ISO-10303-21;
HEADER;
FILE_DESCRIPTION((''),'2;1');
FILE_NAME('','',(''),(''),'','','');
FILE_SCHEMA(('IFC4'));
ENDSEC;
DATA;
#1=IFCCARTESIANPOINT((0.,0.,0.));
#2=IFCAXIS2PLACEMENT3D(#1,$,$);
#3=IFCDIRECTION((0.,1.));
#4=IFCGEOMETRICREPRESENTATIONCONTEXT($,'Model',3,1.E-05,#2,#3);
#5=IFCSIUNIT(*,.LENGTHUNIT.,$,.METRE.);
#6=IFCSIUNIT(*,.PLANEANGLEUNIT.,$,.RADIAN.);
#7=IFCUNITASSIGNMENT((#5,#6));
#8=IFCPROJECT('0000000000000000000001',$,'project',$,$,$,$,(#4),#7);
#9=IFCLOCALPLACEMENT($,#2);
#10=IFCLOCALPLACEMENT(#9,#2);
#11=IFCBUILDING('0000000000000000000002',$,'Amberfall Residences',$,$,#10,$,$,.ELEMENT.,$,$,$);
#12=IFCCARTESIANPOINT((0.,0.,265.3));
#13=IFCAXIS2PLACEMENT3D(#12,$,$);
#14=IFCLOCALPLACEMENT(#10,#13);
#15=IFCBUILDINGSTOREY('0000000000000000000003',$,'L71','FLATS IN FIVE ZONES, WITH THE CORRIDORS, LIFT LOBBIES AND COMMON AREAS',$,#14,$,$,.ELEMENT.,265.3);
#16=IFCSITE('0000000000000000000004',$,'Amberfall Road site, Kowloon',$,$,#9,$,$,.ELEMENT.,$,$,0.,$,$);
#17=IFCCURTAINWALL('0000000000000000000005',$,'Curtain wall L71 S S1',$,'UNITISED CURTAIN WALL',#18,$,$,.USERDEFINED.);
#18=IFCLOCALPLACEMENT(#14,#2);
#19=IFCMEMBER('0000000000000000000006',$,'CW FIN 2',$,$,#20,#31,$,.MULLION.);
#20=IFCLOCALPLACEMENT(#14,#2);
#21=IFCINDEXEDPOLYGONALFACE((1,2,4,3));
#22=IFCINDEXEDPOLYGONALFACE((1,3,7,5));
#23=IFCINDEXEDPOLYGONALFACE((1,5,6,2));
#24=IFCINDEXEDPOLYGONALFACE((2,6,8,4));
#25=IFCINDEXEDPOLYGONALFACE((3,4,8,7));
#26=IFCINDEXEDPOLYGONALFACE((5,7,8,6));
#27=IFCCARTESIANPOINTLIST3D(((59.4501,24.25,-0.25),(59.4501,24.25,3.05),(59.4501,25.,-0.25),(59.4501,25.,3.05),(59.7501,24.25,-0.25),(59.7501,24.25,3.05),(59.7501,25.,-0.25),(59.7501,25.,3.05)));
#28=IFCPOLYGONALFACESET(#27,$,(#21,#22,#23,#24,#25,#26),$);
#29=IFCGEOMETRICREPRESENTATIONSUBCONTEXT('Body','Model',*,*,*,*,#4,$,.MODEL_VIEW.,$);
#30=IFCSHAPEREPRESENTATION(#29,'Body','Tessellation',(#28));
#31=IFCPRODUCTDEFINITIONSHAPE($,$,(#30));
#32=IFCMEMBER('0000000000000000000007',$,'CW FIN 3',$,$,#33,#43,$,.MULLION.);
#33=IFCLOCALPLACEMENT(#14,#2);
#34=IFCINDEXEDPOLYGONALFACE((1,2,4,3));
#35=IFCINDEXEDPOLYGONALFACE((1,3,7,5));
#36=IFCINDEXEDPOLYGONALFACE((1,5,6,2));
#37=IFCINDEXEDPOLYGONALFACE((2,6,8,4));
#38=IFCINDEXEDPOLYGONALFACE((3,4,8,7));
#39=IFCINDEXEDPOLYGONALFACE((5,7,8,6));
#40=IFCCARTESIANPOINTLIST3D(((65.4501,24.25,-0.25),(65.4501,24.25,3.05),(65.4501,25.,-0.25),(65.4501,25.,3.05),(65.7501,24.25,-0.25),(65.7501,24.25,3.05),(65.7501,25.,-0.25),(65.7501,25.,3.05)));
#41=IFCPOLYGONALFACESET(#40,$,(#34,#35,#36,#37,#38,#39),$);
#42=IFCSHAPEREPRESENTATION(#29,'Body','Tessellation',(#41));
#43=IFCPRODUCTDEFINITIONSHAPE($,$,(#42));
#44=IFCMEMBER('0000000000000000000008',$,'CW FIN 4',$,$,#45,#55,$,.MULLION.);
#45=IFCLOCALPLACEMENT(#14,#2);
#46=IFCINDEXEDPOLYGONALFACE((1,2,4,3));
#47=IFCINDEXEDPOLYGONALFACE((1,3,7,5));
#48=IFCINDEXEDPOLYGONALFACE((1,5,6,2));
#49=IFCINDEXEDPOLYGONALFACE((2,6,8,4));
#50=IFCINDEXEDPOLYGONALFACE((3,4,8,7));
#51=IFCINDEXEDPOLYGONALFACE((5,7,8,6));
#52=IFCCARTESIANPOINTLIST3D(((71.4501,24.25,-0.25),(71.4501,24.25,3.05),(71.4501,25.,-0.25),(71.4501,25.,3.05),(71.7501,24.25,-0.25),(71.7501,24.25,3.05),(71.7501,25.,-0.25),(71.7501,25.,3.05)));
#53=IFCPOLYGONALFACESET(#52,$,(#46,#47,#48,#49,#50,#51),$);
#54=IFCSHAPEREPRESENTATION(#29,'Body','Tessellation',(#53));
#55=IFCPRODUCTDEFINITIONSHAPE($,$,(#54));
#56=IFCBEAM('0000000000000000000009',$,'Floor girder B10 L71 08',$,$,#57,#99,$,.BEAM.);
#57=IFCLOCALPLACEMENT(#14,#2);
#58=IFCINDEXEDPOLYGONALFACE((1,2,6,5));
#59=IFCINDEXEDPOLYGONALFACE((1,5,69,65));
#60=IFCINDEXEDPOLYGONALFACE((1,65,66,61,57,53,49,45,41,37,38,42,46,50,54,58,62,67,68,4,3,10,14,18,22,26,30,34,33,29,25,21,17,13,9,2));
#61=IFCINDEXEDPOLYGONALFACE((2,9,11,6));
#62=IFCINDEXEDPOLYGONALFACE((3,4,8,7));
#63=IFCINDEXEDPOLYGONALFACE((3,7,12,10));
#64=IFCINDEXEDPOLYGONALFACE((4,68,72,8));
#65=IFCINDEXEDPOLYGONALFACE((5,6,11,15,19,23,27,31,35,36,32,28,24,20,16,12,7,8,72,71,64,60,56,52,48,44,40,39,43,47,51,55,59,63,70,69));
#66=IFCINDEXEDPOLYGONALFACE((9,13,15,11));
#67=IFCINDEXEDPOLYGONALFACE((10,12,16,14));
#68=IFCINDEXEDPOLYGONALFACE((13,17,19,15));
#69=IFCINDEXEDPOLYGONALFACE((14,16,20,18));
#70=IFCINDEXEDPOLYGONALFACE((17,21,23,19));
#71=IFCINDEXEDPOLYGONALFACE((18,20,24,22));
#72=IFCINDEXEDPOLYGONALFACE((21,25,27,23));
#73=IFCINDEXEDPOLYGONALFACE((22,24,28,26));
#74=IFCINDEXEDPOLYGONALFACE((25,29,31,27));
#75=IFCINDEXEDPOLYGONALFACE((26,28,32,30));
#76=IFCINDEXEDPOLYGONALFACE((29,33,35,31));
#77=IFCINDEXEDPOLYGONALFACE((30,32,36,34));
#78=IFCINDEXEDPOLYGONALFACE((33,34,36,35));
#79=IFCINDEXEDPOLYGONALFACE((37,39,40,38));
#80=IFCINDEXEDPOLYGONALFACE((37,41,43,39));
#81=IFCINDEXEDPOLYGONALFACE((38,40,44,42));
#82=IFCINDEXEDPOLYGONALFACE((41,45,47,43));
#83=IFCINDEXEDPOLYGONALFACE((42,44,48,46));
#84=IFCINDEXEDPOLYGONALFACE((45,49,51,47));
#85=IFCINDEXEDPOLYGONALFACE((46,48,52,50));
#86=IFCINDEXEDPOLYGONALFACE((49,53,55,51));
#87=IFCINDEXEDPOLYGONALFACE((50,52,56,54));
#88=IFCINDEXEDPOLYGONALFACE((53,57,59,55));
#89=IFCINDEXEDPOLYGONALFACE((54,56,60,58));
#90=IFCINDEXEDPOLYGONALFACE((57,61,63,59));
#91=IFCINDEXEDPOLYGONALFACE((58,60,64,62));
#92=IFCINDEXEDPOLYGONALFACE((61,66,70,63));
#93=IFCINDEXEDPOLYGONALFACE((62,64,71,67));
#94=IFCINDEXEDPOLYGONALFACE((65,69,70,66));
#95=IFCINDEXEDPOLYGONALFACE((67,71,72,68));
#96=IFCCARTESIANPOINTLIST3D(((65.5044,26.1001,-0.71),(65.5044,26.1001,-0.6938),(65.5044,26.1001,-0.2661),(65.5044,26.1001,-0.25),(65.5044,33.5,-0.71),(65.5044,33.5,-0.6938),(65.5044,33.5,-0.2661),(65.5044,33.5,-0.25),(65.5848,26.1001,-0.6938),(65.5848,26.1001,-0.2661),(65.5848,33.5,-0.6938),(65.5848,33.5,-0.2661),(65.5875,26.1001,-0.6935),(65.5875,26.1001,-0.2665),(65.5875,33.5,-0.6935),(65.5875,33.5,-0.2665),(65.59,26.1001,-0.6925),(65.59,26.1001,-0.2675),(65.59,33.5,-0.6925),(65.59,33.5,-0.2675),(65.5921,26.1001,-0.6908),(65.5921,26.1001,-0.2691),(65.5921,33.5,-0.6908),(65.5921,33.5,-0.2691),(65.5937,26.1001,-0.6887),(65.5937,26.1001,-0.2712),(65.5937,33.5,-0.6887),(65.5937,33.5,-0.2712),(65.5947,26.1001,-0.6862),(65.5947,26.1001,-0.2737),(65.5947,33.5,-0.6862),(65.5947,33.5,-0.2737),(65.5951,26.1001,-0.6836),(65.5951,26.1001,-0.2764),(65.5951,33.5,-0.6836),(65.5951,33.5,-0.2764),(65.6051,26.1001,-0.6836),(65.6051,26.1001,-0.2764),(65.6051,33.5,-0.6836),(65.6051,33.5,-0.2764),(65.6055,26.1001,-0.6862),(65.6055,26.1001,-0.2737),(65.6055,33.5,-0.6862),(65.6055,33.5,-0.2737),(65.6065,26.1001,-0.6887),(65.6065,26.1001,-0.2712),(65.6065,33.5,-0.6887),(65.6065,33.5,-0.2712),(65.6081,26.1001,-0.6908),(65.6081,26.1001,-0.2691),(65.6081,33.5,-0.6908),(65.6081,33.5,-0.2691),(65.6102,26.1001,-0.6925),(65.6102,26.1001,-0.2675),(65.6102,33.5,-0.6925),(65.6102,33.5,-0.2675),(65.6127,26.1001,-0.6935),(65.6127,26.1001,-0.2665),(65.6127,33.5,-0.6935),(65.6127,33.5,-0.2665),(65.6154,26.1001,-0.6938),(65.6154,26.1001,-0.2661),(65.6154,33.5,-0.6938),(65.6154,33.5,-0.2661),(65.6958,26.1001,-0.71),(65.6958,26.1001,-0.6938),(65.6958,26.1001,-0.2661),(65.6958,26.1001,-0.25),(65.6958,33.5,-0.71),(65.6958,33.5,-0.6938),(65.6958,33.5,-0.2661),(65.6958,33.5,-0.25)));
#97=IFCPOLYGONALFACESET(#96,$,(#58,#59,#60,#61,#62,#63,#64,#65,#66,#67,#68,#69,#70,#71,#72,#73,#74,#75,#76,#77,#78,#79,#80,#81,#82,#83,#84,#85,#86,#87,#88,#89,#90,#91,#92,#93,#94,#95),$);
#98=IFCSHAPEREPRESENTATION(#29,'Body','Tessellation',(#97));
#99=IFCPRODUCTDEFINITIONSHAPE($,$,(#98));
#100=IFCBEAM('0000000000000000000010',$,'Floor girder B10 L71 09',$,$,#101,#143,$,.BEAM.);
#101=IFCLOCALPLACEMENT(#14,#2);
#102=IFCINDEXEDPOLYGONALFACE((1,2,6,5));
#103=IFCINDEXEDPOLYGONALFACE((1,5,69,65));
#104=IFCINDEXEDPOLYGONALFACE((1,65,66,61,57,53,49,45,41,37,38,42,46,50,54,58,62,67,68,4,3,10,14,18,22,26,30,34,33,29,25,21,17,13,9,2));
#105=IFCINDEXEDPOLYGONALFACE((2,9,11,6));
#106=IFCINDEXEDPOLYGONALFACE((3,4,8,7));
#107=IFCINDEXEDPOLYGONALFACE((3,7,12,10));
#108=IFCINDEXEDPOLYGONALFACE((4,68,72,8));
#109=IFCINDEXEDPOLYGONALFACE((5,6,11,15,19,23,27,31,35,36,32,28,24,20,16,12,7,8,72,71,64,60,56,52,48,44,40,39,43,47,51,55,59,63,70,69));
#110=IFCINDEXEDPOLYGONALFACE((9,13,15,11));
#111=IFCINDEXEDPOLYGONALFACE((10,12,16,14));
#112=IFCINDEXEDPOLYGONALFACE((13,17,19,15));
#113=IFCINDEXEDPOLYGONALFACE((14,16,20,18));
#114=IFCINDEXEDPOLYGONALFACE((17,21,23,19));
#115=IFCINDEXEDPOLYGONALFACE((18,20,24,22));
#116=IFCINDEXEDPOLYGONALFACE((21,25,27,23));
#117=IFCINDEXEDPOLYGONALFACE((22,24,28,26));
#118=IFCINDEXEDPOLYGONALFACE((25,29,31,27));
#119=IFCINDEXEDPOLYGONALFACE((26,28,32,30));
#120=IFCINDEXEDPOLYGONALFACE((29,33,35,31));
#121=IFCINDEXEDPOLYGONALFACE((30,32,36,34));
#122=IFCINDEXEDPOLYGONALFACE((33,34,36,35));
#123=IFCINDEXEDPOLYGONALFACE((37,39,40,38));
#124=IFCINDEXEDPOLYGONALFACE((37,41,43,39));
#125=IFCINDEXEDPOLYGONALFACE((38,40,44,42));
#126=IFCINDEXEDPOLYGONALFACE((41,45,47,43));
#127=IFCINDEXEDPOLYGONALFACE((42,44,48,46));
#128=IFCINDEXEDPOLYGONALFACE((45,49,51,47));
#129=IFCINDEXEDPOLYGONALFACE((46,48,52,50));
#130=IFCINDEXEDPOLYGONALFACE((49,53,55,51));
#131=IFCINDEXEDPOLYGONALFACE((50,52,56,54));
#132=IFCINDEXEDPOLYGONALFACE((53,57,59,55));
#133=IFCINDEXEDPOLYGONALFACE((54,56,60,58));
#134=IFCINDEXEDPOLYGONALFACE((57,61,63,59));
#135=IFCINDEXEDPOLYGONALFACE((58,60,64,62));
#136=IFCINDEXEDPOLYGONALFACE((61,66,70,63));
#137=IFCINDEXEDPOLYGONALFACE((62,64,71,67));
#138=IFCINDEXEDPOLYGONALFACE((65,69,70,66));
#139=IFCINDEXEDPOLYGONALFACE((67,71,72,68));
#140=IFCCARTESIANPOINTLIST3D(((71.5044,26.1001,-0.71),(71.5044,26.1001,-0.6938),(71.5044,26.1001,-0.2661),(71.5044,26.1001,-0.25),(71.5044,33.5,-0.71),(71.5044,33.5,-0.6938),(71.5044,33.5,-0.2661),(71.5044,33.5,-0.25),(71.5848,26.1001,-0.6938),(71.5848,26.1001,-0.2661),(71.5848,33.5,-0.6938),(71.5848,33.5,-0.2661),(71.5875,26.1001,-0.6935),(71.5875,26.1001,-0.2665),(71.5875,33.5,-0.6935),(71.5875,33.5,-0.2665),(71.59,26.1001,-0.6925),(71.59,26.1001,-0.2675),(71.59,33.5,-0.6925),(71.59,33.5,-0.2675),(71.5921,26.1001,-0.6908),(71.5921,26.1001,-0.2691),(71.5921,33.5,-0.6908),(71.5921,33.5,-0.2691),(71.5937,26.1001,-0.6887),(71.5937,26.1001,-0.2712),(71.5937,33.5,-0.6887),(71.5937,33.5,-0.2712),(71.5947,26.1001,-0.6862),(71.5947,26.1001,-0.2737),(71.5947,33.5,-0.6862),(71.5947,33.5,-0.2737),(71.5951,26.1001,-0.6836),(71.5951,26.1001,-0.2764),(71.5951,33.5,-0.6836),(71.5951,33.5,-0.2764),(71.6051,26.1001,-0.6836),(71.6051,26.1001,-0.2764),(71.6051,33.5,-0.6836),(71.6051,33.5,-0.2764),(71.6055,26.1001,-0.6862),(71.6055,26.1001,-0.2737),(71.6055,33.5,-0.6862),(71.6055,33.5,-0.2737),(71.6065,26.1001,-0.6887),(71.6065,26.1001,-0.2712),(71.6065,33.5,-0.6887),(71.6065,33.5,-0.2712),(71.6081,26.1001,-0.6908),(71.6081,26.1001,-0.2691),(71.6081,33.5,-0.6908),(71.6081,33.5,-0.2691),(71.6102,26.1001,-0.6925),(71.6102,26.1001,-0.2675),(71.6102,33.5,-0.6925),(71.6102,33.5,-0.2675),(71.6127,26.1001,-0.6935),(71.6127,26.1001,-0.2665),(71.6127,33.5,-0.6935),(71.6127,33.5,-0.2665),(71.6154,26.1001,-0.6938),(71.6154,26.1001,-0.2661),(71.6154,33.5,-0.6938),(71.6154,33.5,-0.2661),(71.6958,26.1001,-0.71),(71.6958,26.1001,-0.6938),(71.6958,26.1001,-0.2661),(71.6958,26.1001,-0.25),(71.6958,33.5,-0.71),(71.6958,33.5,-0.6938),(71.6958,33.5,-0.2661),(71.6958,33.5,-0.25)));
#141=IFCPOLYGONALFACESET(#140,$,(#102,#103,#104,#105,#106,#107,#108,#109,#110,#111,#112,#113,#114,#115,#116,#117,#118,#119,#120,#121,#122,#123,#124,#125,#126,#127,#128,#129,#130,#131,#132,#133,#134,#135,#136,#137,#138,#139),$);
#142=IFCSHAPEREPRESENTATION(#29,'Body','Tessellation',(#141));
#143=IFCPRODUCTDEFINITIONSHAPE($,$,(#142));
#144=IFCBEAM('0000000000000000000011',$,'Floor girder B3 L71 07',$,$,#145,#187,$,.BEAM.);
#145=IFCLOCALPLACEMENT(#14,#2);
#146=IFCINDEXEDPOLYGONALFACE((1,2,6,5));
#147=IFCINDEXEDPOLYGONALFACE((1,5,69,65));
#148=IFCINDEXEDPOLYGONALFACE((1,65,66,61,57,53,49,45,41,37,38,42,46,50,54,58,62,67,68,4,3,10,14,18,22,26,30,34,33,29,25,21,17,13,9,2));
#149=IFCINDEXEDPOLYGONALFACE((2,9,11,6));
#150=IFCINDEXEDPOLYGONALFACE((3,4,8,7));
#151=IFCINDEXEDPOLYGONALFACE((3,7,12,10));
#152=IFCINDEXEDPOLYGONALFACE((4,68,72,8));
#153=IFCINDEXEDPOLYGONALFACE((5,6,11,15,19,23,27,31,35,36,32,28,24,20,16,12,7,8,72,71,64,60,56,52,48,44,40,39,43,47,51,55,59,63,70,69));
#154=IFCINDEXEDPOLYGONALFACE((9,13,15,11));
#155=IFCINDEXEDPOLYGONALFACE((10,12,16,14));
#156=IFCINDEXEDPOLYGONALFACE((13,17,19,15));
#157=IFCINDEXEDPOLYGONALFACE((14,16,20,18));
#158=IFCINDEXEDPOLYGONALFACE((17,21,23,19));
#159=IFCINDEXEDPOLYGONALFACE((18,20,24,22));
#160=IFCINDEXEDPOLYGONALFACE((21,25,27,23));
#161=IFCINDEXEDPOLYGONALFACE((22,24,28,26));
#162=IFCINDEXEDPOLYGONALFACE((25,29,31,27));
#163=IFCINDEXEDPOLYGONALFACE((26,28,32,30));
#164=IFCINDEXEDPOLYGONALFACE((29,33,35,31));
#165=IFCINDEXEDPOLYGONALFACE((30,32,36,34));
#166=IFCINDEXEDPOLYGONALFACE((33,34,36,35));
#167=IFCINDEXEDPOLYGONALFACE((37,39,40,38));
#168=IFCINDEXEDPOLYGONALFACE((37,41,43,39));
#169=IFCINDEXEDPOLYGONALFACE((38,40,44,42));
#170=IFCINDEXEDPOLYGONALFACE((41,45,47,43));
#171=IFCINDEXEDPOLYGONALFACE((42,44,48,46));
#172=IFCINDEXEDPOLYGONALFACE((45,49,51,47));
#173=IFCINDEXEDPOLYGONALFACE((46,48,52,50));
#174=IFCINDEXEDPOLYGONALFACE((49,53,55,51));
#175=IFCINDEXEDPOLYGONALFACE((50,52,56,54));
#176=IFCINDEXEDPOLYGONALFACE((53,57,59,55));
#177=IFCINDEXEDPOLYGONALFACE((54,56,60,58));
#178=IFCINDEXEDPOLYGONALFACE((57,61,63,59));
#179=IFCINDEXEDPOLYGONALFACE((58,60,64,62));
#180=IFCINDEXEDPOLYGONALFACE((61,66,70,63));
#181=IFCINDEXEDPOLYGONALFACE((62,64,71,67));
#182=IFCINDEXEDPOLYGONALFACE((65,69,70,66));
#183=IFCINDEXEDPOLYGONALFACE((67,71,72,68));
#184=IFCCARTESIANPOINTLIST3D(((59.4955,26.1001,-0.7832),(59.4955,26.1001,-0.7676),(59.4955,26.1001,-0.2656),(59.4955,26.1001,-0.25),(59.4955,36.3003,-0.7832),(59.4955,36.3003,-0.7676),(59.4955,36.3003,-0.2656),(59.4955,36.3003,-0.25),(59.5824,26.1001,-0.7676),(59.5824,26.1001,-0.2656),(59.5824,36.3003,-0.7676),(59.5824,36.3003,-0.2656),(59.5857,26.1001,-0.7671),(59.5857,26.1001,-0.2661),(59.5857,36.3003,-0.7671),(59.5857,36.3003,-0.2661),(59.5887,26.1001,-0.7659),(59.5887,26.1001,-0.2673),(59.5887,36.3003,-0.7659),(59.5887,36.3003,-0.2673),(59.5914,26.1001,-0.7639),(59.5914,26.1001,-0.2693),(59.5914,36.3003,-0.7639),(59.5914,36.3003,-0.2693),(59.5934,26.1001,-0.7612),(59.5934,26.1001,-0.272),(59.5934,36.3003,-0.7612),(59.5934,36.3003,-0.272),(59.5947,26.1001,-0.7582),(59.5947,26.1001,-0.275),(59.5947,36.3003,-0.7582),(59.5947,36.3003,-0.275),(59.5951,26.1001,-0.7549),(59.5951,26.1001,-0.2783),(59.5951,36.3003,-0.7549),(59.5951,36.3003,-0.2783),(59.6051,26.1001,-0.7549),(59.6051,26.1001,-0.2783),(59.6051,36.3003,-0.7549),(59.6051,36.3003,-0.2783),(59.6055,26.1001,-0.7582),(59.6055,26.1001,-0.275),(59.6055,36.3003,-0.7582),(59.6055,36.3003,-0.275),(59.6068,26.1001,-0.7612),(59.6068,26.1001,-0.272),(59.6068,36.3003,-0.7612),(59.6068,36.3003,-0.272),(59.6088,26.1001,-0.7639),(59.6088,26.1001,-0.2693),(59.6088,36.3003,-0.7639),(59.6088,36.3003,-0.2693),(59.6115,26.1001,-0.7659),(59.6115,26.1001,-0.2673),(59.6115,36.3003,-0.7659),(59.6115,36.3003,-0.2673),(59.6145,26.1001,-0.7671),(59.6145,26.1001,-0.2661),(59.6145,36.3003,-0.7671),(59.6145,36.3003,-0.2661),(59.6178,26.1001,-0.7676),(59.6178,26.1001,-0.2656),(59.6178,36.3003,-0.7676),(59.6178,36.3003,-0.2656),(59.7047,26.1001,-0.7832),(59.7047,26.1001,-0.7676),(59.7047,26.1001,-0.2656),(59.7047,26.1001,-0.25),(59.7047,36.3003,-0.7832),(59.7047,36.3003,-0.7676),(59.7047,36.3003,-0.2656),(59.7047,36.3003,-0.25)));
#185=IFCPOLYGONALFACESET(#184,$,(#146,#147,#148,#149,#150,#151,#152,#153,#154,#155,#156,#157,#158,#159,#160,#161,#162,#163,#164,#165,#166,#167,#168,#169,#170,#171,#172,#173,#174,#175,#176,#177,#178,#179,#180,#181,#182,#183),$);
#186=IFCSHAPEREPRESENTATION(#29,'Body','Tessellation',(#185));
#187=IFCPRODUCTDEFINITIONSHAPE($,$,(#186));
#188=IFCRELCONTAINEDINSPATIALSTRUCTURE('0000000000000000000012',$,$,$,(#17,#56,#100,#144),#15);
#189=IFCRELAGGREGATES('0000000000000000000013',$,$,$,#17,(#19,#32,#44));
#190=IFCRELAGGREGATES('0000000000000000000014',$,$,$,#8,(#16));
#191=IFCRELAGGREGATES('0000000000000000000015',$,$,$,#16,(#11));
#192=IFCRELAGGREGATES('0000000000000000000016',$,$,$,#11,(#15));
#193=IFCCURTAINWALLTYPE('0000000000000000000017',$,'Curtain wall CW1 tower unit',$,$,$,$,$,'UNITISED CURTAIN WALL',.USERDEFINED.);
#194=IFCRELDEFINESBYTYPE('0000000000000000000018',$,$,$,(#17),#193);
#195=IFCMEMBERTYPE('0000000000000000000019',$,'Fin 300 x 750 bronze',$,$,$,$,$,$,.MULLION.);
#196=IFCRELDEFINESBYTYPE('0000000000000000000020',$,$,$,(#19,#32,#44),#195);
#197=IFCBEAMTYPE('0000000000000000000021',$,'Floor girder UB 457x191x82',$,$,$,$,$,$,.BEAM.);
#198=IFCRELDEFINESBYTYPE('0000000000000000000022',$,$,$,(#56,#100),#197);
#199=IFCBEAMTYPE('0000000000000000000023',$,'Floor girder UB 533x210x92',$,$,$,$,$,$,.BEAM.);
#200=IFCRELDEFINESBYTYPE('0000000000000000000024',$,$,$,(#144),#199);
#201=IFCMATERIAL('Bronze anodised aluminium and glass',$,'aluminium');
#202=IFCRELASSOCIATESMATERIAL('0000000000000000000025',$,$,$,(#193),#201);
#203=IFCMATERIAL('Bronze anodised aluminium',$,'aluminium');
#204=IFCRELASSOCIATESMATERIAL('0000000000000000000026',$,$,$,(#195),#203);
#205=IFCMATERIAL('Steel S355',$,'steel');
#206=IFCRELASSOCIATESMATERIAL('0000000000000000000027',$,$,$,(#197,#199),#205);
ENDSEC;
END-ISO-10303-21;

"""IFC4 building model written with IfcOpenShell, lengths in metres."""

from ifc_helpers import new_model, si_unit, direction, frame, origin, origin_2d, place, context, subcontext, project, spatial, rectangle, i_section, extrude, material, material_profile, profile_set, type_object, element, aggregate, save


model = new_model("IFC4")

# Units and contexts
model_context = context("Model", 3, precision=1e-05, world=origin(), true_north=direction((0.0, 1.0)))
body_context = subcontext(model_context, "Body", "Model", "MODEL_VIEW")
ifc_project = project(units=[si_unit("LENGTHUNIT", "METRE"), si_unit("PLANEANGLEUNIT", "RADIAN")], contexts=[model_context])

# Site, building, storey
site_placement = place(None, origin())
site = spatial("IfcSite", under=ifc_project, at=site_placement, Name="Amberfall Road site, Kowloon", CompositionType="ELEMENT", RefElevation=0.0)
building_placement = place(site_placement, origin())
building = spatial("IfcBuilding", under=site, at=building_placement, Name="Amberfall Residences", CompositionType="ELEMENT")
storey_placement = place(building_placement, frame((0.0, 0.0, 265.3)))
storey = spatial("IfcBuildingStorey", under=building, at=storey_placement, Name="L71", Description="FLATS IN FIVE ZONES, WITH THE CORRIDORS, LIFT LOBBIES AND COMMON AREAS", CompositionType="ELEMENT", Elevation=265.3)

# Curtain wall
ifc_material_1 = material(Name="Bronze anodised aluminium and glass", Category="aluminium")
curtain_wall_type = type_object("IfcCurtainWallType", Name="Curtain wall CW1 tower unit", ElementType="UNITISED CURTAIN WALL", PredefinedType="USERDEFINED", material=ifc_material_1)
curtain_wall_placement = place(storey_placement, origin())
curtain_wall = element("IfcCurtainWall", 1, at=curtain_wall_placement, inside=storey, type_object=curtain_wall_type, Name="Curtain wall L71 S S1", ObjectType="UNITISED CURTAIN WALL", PredefinedType="USERDEFINED")
ifc_material_2 = material(Name="Bronze anodised aluminium", Category="aluminium")

# Shared definitions
ifc_material_3 = material(Name="Steel S355", Category="steel")

# Members
ifc_material_profile_1 = material_profile(ifc_material_2, rectangle(XDim=0.75, YDim=0.3, at=origin_2d()), Name="Fin 300 x 750 bronze")
ifc_profile_set_1 = profile_set([ifc_material_profile_1], Name="Bronze anodised aluminium")
member_type_1 = type_object("IfcMemberType", Name="Fin 300 x 750 bronze", PredefinedType="MULLION", material=ifc_profile_set_1)
member_1_placement = place(storey_placement, frame((59.6001, 24.625, -0.25), z_axis=(0.0, 0.0, 1.0), x_axis=(0.0, 1.0, 0.0)))
member_1 = element("IfcMember", 2, at=member_1_placement, type_object=member_type_1, Name="CW FIN 2", PredefinedType="MULLION", context=body_context, shape_type="SweptSolid", body=[
    extrude(rectangle(XDim=0.75, YDim=0.3, at=origin_2d()), origin(), (0.0, 0.0, 1.0), 3.3),
])
member_2_placement = place(storey_placement, frame((65.6001, 24.625, -0.25), z_axis=(0.0, 0.0, 1.0), x_axis=(0.0, 1.0, 0.0)))
member_2 = element("IfcMember", 3, at=member_2_placement, type_object=member_type_1, Name="CW FIN 3", PredefinedType="MULLION", context=body_context, shape_type="SweptSolid", body=[
    extrude(rectangle(XDim=0.75, YDim=0.3, at=origin_2d()), origin(), (0.0, 0.0, 1.0), 3.3),
])
member_3_placement = place(storey_placement, frame((71.6001, 24.625, -0.25), z_axis=(0.0, 0.0, 1.0), x_axis=(0.0, 1.0, 0.0)))
member_3 = element("IfcMember", 4, at=member_3_placement, type_object=member_type_1, Name="CW FIN 4", PredefinedType="MULLION", context=body_context, shape_type="SweptSolid", body=[
    extrude(rectangle(XDim=0.75, YDim=0.3, at=origin_2d()), origin(), (0.0, 0.0, 1.0), 3.3),
])

# Beams
ifc_material_profile_2 = material_profile(ifc_material_3, i_section(OverallWidth=0.1914, OverallDepth=0.46, WebThickness=0.01, FlangeThickness=0.0161, FilletRadius=0.0103, at=origin_2d()), Name="UB 457x191x82")
ifc_profile_set_2 = profile_set([ifc_material_profile_2], Name="Steel S355")
beam_type_1 = type_object("IfcBeamType", Name="Floor girder UB 457x191x82", PredefinedType="BEAM", material=ifc_profile_set_2)
for number, where, z_axis, x_axis, name in (
    (5, (65.6001, 26.1001, -0.48), (0.0, 1.0, 0.0), (-1.0, 0.0, 0.0), "Floor girder B10 L71 08"),
    (6, (71.6001, 26.1001, -0.48), (0.0, 1.0, 0.0), (-1.0, 0.0, 0.0), "Floor girder B10 L71 09"),
):
    element("IfcBeam", number, at=place(storey_placement, frame(where, z_axis=z_axis, x_axis=x_axis)), inside=storey, type_object=beam_type_1, Name=name, PredefinedType="BEAM", context=body_context, shape_type="SweptSolid", body=[
        extrude(i_section(OverallWidth=0.1914, OverallDepth=0.46, WebThickness=0.01, FlangeThickness=0.0161, FilletRadius=0.0103, at=origin_2d()), origin(), (0.0, 0.0, 1.0), 7.3999),
    ])
ifc_material_profile_3 = material_profile(ifc_material_3, i_section(OverallWidth=0.2092, OverallDepth=0.5332, WebThickness=0.01, FlangeThickness=0.0156, FilletRadius=0.0127, at=origin_2d()), Name="UB 533x210x92")
ifc_profile_set_3 = profile_set([ifc_material_profile_3], Name="Steel S355")
beam_type_2 = type_object("IfcBeamType", Name="Floor girder UB 533x210x92", PredefinedType="BEAM", material=ifc_profile_set_3)
beam_placement = place(storey_placement, frame((59.6001, 26.1001, -0.5166), z_axis=(0.0, 1.0, 0.0), x_axis=(-1.0, 0.0, 0.0)))
element("IfcBeam", 7, at=beam_placement, inside=storey, type_object=beam_type_2, Name="Floor girder B3 L71 07", PredefinedType="BEAM", context=body_context, shape_type="SweptSolid", body=[
    extrude(i_section(OverallWidth=0.2092, OverallDepth=0.5332, WebThickness=0.01, FlangeThickness=0.0156, FilletRadius=0.0127, at=origin_2d()), origin(), (0.0, 0.0, 1.0), 10.2002),
])

aggregate(curtain_wall, [member_1, member_2, member_3])

save(model, "model.ifc")
